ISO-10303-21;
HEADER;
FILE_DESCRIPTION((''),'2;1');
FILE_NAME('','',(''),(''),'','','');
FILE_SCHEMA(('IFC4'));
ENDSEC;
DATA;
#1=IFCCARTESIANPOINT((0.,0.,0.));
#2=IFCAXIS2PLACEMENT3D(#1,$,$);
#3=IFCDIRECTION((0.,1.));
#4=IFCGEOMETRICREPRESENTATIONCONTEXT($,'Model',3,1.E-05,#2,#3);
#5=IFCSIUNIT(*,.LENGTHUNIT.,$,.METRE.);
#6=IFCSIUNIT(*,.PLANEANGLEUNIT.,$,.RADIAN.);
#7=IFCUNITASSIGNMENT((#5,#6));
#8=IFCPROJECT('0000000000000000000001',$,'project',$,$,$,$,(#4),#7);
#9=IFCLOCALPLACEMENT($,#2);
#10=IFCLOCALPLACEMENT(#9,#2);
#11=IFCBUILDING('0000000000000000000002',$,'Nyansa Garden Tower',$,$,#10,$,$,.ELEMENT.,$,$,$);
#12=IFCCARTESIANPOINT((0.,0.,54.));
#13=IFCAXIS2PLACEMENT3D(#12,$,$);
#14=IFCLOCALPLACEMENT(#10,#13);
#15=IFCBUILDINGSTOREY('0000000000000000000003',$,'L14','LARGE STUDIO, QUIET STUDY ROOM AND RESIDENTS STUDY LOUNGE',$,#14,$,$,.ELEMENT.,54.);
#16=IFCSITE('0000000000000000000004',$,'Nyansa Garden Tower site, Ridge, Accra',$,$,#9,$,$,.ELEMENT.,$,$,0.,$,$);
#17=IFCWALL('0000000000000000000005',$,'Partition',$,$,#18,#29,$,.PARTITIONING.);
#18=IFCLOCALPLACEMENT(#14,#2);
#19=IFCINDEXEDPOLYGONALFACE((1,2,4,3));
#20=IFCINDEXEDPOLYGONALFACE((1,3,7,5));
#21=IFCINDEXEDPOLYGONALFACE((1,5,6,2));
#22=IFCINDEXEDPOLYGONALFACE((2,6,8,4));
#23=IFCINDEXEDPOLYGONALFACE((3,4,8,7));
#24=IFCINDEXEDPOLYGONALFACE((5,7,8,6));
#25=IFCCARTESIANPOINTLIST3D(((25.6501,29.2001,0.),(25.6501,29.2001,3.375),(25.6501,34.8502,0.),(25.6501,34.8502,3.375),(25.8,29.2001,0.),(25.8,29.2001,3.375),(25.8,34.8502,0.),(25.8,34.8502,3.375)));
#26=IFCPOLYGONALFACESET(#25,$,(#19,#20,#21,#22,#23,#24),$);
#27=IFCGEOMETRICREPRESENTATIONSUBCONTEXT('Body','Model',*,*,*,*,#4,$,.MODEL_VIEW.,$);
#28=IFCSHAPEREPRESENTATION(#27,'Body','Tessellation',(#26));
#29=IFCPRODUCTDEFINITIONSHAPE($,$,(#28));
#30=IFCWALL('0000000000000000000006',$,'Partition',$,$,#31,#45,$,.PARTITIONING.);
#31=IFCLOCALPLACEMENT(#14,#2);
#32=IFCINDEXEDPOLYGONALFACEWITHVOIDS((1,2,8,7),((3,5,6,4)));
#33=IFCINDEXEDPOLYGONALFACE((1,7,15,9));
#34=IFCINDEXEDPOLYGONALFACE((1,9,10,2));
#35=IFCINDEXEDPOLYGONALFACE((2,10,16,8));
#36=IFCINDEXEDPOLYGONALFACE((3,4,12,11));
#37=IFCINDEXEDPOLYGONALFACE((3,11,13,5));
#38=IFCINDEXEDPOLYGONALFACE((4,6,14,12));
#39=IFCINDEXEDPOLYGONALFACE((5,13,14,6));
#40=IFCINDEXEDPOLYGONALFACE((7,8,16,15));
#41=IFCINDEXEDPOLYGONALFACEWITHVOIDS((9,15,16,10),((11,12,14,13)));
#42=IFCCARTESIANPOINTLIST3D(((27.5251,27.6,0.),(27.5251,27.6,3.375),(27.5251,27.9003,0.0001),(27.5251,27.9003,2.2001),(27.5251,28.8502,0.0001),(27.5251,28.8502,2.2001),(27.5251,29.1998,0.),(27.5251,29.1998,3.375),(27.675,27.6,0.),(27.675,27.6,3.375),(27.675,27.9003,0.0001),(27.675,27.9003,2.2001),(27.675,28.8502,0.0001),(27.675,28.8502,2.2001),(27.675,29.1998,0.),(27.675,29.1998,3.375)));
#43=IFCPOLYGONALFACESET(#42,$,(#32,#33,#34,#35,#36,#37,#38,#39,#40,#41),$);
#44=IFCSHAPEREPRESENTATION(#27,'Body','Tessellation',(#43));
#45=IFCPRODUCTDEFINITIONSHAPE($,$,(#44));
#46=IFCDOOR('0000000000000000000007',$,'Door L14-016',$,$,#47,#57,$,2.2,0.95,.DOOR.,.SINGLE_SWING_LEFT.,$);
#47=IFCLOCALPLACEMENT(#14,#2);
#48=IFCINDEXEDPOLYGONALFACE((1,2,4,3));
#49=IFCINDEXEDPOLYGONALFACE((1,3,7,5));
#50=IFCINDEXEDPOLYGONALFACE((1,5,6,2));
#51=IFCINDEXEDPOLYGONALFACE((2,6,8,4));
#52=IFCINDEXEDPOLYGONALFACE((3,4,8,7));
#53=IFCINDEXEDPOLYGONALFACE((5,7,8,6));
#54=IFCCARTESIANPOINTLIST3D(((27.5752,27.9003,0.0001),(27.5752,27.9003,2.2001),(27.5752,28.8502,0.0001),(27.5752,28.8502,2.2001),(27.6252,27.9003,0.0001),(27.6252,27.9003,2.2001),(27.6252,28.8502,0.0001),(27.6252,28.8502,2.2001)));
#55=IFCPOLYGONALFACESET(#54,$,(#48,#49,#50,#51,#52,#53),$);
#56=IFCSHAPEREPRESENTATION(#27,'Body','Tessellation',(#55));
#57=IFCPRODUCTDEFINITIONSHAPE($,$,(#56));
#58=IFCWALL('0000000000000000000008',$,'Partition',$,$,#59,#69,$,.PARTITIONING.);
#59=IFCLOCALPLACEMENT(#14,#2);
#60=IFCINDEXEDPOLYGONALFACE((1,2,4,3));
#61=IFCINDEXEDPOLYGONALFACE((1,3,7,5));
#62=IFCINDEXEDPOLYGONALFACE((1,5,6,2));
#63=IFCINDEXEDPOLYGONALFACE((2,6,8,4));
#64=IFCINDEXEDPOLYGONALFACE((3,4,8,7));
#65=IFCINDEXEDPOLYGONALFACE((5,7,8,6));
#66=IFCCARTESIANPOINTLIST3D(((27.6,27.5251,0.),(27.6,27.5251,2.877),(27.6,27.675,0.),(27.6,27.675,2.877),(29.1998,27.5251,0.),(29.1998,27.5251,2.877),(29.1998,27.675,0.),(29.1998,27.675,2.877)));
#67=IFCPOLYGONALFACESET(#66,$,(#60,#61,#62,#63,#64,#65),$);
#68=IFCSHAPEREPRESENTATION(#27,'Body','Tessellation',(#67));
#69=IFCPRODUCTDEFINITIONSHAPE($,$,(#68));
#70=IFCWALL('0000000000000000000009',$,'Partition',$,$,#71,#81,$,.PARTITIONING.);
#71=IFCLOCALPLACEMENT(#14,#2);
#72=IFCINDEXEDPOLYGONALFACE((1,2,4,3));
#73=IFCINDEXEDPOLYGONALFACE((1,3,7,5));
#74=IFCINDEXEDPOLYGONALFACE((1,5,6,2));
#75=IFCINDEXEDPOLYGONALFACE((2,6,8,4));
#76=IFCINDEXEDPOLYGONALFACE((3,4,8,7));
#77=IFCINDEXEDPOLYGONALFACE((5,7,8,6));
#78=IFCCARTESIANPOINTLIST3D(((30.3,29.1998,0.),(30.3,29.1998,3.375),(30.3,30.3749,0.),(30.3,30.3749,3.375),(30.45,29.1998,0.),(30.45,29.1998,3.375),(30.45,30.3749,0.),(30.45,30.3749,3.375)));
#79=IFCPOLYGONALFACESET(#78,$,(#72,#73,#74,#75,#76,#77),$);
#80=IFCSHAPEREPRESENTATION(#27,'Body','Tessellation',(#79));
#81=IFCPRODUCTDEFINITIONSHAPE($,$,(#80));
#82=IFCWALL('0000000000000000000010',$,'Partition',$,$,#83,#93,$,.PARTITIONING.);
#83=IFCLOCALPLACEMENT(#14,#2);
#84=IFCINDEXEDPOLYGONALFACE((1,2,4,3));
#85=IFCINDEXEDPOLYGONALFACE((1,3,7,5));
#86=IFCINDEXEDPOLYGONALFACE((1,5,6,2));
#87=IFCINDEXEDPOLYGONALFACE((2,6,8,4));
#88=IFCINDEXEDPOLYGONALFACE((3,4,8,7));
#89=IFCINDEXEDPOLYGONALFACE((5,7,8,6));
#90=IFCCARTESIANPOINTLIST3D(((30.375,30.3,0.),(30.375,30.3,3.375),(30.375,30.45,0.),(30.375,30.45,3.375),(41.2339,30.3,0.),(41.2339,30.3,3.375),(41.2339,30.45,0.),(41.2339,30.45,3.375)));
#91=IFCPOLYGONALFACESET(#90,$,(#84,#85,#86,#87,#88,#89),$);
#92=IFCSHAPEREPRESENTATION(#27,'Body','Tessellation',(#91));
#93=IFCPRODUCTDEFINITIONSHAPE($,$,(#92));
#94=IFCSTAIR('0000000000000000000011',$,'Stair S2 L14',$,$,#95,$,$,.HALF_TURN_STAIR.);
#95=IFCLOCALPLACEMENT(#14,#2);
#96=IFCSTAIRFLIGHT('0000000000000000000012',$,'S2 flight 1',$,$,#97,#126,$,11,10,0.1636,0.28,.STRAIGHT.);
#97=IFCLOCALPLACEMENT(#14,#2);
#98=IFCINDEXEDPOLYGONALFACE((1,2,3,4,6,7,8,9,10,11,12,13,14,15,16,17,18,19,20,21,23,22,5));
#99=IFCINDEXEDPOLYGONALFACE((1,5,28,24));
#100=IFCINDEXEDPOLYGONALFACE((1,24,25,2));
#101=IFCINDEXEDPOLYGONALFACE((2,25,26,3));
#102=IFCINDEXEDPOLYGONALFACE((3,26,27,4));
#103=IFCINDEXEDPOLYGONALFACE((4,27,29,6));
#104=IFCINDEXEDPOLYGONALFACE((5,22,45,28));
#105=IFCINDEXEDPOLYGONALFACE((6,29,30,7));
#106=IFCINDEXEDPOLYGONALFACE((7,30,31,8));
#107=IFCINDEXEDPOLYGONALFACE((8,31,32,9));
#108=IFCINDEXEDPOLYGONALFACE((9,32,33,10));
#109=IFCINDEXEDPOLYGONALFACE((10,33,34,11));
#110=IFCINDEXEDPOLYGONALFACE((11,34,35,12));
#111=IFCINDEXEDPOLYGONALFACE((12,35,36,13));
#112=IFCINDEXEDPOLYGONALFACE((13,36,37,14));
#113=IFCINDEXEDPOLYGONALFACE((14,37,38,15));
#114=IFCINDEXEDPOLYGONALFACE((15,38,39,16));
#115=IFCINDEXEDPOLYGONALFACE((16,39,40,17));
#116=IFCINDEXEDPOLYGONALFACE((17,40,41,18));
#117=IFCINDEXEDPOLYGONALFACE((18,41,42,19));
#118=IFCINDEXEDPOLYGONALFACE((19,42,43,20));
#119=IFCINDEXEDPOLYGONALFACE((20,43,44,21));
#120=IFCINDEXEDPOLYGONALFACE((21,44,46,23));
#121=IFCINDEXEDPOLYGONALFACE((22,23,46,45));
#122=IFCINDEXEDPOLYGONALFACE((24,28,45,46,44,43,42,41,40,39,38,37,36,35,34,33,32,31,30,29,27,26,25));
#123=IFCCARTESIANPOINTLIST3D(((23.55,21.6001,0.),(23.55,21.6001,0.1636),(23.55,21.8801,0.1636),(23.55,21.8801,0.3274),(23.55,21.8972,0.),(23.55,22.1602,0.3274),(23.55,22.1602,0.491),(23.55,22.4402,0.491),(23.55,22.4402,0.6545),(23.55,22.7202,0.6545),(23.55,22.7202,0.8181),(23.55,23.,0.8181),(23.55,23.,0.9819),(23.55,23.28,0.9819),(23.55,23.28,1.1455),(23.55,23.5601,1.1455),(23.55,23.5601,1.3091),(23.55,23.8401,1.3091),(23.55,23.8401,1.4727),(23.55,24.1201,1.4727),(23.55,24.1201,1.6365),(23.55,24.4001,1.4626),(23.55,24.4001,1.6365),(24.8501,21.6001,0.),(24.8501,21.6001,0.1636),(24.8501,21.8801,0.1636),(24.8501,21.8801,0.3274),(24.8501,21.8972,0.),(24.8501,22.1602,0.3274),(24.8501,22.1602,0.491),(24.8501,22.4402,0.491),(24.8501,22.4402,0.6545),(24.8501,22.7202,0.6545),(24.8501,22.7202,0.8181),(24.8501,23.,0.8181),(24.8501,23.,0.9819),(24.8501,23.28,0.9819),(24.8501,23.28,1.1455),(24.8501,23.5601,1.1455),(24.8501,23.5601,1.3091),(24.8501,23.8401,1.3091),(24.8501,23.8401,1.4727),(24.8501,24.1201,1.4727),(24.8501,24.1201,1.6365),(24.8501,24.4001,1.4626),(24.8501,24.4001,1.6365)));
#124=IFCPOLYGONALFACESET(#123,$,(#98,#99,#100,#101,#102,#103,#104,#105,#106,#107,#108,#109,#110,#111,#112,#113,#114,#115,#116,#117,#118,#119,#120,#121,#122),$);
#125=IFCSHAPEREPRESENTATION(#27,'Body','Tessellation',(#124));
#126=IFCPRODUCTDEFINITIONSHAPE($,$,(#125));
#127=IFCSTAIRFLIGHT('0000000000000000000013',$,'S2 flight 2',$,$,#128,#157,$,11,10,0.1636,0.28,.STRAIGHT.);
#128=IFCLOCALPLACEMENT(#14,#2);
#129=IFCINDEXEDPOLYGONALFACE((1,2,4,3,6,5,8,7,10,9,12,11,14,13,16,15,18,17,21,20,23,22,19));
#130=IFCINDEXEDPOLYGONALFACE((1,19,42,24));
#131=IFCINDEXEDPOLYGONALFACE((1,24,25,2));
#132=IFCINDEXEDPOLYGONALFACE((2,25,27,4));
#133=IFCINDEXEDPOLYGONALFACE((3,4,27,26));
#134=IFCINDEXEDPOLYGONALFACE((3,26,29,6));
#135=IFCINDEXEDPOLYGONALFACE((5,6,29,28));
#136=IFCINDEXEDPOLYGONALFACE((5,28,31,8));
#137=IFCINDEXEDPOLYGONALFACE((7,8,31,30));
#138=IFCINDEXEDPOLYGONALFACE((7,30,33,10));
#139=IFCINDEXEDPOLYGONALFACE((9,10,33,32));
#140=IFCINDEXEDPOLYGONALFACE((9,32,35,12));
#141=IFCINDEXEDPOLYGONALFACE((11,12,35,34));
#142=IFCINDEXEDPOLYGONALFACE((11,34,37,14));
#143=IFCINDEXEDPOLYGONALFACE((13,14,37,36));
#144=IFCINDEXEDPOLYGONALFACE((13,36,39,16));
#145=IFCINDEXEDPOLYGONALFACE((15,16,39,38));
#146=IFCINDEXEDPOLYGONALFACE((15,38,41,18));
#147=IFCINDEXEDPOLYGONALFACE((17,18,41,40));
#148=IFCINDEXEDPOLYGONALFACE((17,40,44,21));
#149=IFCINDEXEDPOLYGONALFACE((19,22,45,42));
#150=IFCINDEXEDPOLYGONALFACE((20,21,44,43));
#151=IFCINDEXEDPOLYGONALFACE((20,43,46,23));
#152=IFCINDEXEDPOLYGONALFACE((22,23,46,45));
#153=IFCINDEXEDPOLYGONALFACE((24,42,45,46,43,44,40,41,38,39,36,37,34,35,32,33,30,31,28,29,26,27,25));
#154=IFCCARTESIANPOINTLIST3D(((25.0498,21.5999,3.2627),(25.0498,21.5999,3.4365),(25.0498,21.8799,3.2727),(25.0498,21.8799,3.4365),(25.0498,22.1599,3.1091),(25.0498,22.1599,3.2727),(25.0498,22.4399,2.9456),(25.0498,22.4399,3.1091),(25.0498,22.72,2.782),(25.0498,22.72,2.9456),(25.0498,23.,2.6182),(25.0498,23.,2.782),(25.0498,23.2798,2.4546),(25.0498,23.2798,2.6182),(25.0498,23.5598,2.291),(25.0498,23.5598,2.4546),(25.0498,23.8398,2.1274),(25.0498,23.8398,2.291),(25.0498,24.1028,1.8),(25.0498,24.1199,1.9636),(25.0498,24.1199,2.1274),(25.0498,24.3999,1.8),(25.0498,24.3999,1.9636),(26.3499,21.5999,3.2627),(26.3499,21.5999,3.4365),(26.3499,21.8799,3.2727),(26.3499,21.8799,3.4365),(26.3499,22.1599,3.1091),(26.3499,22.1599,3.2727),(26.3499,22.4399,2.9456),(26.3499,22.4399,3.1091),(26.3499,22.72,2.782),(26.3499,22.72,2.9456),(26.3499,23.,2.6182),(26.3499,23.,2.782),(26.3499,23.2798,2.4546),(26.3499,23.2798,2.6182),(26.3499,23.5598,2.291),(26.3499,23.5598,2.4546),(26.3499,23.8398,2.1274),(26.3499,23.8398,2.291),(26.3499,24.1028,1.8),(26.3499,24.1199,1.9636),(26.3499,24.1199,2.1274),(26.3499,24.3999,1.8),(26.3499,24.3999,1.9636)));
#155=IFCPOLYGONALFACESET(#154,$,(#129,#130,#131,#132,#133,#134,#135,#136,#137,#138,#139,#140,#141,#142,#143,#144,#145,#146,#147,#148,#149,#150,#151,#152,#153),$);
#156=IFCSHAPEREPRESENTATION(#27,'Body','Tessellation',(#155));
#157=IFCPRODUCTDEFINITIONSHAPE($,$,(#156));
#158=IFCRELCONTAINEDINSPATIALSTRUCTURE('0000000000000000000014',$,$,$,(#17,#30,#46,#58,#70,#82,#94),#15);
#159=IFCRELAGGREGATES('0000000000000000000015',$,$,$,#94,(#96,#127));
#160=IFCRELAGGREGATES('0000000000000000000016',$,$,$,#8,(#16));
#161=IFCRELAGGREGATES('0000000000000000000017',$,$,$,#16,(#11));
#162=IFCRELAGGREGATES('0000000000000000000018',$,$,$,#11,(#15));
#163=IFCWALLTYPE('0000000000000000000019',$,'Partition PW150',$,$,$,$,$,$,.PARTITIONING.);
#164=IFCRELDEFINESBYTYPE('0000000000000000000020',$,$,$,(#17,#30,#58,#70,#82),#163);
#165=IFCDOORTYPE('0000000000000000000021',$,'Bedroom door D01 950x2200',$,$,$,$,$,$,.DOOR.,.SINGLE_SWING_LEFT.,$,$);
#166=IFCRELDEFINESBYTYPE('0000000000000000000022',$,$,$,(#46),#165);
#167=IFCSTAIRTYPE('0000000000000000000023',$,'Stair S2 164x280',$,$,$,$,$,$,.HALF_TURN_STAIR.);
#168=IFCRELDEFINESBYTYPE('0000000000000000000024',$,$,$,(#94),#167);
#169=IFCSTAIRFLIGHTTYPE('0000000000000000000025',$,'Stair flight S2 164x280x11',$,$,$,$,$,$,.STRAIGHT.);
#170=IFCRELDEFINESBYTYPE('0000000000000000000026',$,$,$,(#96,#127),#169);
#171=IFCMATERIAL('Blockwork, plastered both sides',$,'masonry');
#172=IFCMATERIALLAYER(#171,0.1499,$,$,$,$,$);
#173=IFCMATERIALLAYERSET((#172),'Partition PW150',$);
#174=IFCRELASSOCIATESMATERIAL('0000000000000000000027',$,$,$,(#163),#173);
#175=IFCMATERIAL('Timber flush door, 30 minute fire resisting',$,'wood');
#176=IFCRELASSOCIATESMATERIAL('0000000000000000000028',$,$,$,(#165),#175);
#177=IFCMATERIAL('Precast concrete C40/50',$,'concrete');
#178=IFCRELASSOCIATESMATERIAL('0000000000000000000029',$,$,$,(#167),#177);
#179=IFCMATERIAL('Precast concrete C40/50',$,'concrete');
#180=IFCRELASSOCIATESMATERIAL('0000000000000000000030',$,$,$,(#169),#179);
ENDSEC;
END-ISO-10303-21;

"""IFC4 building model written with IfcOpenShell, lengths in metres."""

from ifc_helpers import new_model, si_unit, direction, frame, frame_2d, origin, place, context, subcontext, project, spatial, polyline, rectangle, outline, extrude, material, layer, layer_set, type_object, element, fill, aggregate, save


model = new_model("IFC4")

# Units and contexts
model_context = context("Model", 3, precision=1e-05, world=origin(), true_north=direction((0.0, 1.0)))
body_context = subcontext(model_context, "Body", "Model", "MODEL_VIEW")
ifc_project = project(units=[si_unit("LENGTHUNIT", "METRE"), si_unit("PLANEANGLEUNIT", "RADIAN")], contexts=[model_context])

# Site, building, storey
site_placement = place(None, origin())
site = spatial("IfcSite", under=ifc_project, at=site_placement, Name="Nyansa Garden Tower site, Ridge, Accra", CompositionType="ELEMENT", RefElevation=0.0)
building_placement = place(site_placement, origin())
building = spatial("IfcBuilding", under=site, at=building_placement, Name="Nyansa Garden Tower", CompositionType="ELEMENT")
storey_placement = place(building_placement, frame((0.0, 0.0, 54.0)))
storey = spatial("IfcBuildingStorey", under=building, at=storey_placement, Name="L14", Description="LARGE STUDIO, QUIET STUDY ROOM AND RESIDENTS STUDY LOUNGE", CompositionType="ELEMENT", Elevation=54.0)

# Wall
ifc_material_1 = material(Name="Blockwork, plastered both sides", Category="masonry")
ifc_layer_1 = layer(ifc_material_1, 0.1499)
ifc_layer_set_1 = layer_set([ifc_layer_1], Name="Partition PW150")
wall_type_1 = type_object("IfcWallType", Name="Partition PW150", PredefinedType="PARTITIONING", material=ifc_layer_set_1)
wall_1_placement = place(storey_placement, frame((25.7251, 29.2, 0.0), z_axis=(0.0, 0.0, 1.0), x_axis=(0.0, 1.0, 0.0)))
element("IfcWall", 1, at=wall_1_placement, inside=storey, type_object=wall_type_1, Name="Partition", PredefinedType="PARTITIONING", context=body_context, shape_type="SweptSolid", body=[
    extrude(rectangle(XDim=5.6501, YDim=0.1499, at=frame_2d((2.8252, 0.0))), origin(), (0.0, 0.0, 1.0), 3.375),
])

# Wall, opening, door
wall_2_placement = place(storey_placement, frame((27.6001, 27.6001, 0.0), z_axis=(0.0, 0.0, 1.0), x_axis=(0.0, 1.0, 0.0)))
wall_2 = element("IfcWall", 2, at=wall_2_placement, inside=storey, type_object=wall_type_1, Name="Partition", PredefinedType="PARTITIONING", context=body_context, shape_type="SweptSolid", body=[
    extrude(rectangle(XDim=1.5999, YDim=0.1499, at=frame_2d((0.7998, 0.0))), origin(), (0.0, 0.0, 1.0), 3.375),
])
opening_1_placement = place(wall_2_placement, frame((0.3, 0.0, 0.0)))
opening_1 = element("IfcOpeningElement", 3, at=opening_1_placement, cuts=wall_2, PredefinedType="OPENING", context=body_context, shape_type="SweptSolid", body=[
    extrude(rectangle(XDim=0.95, YDim=2.2, at=frame_2d((0.4751, 1.1001))), frame((0.0, 0.085, 0.0), z_axis=(0.0, -1.0, 0.0), x_axis=(1.0, 0.0, 0.0)), (0.0, 0.0, 1.0), 0.1699),
])
ifc_material_2 = material(Name="Timber flush door, 30 minute fire resisting", Category="wood")
door_type_1 = type_object("IfcDoorType", Name="Bedroom door D01 950x2200", OperationType="SINGLE_SWING_LEFT", PredefinedType="DOOR", material=ifc_material_2)
door_1_placement = place(opening_1_placement, origin())
door_1 = element("IfcDoor", 4, at=door_1_placement, inside=storey, type_object=door_type_1, Name="Door L14-016", OperationType="SINGLE_SWING_LEFT", OverallHeight=2.2, OverallWidth=0.95, PredefinedType="DOOR", context=body_context, shape_type="SweptSolid", body=[
    extrude(rectangle(XDim=0.95, YDim=2.2, at=frame_2d((0.4751, 1.1001))), frame((0.0, 0.0249, 0.0), z_axis=(0.0, -1.0, 0.0), x_axis=(1.0, 0.0, 0.0)), (0.0, 0.0, 1.0), 0.05),
])
fill(opening_1, door_1)

# Walls
wall_3_placement = place(storey_placement, frame((27.6001, 27.6001, 0.0), z_axis=(0.0, 0.0, 1.0), x_axis=(1.0, 0.0, 0.0)))
element("IfcWall", 5, at=wall_3_placement, inside=storey, type_object=wall_type_1, Name="Partition", PredefinedType="PARTITIONING", context=body_context, shape_type="SweptSolid", body=[
    extrude(rectangle(XDim=1.5999, YDim=0.1499, at=frame_2d((0.7998, 0.0))), origin(), (0.0, 0.0, 1.0), 2.877),
])
wall_4_placement = place(storey_placement, frame((30.375, 29.2, 0.0), z_axis=(0.0, 0.0, 1.0), x_axis=(0.0, 1.0, 0.0)))
element("IfcWall", 6, at=wall_4_placement, inside=storey, type_object=wall_type_1, Name="Partition", PredefinedType="PARTITIONING", context=body_context, shape_type="SweptSolid", body=[
    extrude(rectangle(XDim=1.175, YDim=0.1499, at=frame_2d((0.5874, 0.0))), origin(), (0.0, 0.0, 1.0), 3.375),
])
wall_5_placement = place(storey_placement, frame((30.375, 30.375, 0.0), z_axis=(0.0, 0.0, 1.0), x_axis=(1.0, 0.0, 0.0)))
element("IfcWall", 7, at=wall_5_placement, inside=storey, type_object=wall_type_1, Name="Partition", PredefinedType="PARTITIONING", context=body_context, shape_type="SweptSolid", body=[
    extrude(rectangle(XDim=10.8589, YDim=0.1499, at=frame_2d((5.4294, 0.0))), origin(), (0.0, 0.0, 1.0), 3.375),
])

# Stair, stair flights
ifc_material_3 = material(Name="Precast concrete C40/50", Category="concrete")
stair_type = type_object("IfcStairType", Name="Stair S2 164x280", PredefinedType="HALF_TURN_STAIR", material=ifc_material_3)
stair_placement = place(storey_placement, origin())
stair = element("IfcStair", 8, at=stair_placement, inside=storey, type_object=stair_type, Name="Stair S2 L14", PredefinedType="HALF_TURN_STAIR")
ifc_material_4 = material(Name="Precast concrete C40/50", Category="concrete")
stair_flight_type = type_object("IfcStairFlightType", Name="Stair flight S2 164x280x11", PredefinedType="STRAIGHT", material=ifc_material_4)
stair_flight_1_placement = place(storey_placement, frame((24.2, 21.6001, 0.0), z_axis=(0.0, 0.0, 1.0), x_axis=(0.0, 1.0, 0.0)))
stair_flight_1 = element("IfcStairFlight", 9, at=stair_flight_1_placement, type_object=stair_flight_type, Name="S2 flight 1", NumberOfRisers=11, NumberOfTreads=10, PredefinedType="STRAIGHT", RiserHeight=0.1636, TreadLength=0.28, context=body_context, shape_type="SweptSolid", body=[
    extrude(outline(polyline([(0.0, 0.0), (0.0, 0.1636), (0.28, 0.1636), (0.28, 0.3274), (0.5601, 0.3274), (0.5601, 0.491), (0.8401, 0.491), (0.8401, 0.6545), (1.1201, 0.6545), (1.1201, 0.8181), (1.3999, 0.8181), (1.3999, 0.9819), (1.6799, 0.9819), (1.6799, 1.1455), (1.96, 1.1455), (1.96, 1.3091), (2.24, 1.3091), (2.24, 1.4727), (2.52, 1.4727), (2.52, 1.6365), (2.8, 1.6365), (2.8, 1.8), (2.8, 1.4626), (0.2971, 0.0), (0.0, 0.0)])), frame((0.0, 0.6499, 0.0), z_axis=(0.0, -1.0, 0.0), x_axis=(1.0, 0.0, 0.0)), (0.0, 0.0, 1.0), 1.3),
])
stair_flight_2_placement = place(storey_placement, frame((25.7, 24.3999, 1.8), z_axis=(0.0, 0.0, 1.0), x_axis=(0.0, -1.0, 0.0)))
stair_flight_2 = element("IfcStairFlight", 10, at=stair_flight_2_placement, type_object=stair_flight_type, Name="S2 flight 2", NumberOfRisers=11, NumberOfTreads=10, PredefinedType="STRAIGHT", RiserHeight=0.1636, TreadLength=0.28, context=body_context, shape_type="SweptSolid", body=[
    extrude(outline(polyline([(0.0, 0.0), (0.0, 0.1636), (0.28, 0.1636), (0.28, 0.3274), (0.5601, 0.3274), (0.5601, 0.491), (0.8401, 0.491), (0.8401, 0.6545), (1.1201, 0.6545), (1.1201, 0.8181), (1.3999, 0.8181), (1.3999, 0.9819), (1.6799, 0.9819), (1.6799, 1.1455), (1.96, 1.1455), (1.96, 1.3091), (2.24, 1.3091), (2.24, 1.4727), (2.52, 1.4727), (2.52, 1.6365), (2.8, 1.6365), (2.8, 1.8), (2.8, 1.4626), (0.2971, 0.0), (0.0, 0.0)])), frame((0.0, 0.6499, 0.0), z_axis=(0.0, -1.0, 0.0), x_axis=(1.0, 0.0, 0.0)), (0.0, 0.0, 1.0), 1.3),
])
aggregate(stair, [stair_flight_1, stair_flight_2])

save(model, "model.ifc")
